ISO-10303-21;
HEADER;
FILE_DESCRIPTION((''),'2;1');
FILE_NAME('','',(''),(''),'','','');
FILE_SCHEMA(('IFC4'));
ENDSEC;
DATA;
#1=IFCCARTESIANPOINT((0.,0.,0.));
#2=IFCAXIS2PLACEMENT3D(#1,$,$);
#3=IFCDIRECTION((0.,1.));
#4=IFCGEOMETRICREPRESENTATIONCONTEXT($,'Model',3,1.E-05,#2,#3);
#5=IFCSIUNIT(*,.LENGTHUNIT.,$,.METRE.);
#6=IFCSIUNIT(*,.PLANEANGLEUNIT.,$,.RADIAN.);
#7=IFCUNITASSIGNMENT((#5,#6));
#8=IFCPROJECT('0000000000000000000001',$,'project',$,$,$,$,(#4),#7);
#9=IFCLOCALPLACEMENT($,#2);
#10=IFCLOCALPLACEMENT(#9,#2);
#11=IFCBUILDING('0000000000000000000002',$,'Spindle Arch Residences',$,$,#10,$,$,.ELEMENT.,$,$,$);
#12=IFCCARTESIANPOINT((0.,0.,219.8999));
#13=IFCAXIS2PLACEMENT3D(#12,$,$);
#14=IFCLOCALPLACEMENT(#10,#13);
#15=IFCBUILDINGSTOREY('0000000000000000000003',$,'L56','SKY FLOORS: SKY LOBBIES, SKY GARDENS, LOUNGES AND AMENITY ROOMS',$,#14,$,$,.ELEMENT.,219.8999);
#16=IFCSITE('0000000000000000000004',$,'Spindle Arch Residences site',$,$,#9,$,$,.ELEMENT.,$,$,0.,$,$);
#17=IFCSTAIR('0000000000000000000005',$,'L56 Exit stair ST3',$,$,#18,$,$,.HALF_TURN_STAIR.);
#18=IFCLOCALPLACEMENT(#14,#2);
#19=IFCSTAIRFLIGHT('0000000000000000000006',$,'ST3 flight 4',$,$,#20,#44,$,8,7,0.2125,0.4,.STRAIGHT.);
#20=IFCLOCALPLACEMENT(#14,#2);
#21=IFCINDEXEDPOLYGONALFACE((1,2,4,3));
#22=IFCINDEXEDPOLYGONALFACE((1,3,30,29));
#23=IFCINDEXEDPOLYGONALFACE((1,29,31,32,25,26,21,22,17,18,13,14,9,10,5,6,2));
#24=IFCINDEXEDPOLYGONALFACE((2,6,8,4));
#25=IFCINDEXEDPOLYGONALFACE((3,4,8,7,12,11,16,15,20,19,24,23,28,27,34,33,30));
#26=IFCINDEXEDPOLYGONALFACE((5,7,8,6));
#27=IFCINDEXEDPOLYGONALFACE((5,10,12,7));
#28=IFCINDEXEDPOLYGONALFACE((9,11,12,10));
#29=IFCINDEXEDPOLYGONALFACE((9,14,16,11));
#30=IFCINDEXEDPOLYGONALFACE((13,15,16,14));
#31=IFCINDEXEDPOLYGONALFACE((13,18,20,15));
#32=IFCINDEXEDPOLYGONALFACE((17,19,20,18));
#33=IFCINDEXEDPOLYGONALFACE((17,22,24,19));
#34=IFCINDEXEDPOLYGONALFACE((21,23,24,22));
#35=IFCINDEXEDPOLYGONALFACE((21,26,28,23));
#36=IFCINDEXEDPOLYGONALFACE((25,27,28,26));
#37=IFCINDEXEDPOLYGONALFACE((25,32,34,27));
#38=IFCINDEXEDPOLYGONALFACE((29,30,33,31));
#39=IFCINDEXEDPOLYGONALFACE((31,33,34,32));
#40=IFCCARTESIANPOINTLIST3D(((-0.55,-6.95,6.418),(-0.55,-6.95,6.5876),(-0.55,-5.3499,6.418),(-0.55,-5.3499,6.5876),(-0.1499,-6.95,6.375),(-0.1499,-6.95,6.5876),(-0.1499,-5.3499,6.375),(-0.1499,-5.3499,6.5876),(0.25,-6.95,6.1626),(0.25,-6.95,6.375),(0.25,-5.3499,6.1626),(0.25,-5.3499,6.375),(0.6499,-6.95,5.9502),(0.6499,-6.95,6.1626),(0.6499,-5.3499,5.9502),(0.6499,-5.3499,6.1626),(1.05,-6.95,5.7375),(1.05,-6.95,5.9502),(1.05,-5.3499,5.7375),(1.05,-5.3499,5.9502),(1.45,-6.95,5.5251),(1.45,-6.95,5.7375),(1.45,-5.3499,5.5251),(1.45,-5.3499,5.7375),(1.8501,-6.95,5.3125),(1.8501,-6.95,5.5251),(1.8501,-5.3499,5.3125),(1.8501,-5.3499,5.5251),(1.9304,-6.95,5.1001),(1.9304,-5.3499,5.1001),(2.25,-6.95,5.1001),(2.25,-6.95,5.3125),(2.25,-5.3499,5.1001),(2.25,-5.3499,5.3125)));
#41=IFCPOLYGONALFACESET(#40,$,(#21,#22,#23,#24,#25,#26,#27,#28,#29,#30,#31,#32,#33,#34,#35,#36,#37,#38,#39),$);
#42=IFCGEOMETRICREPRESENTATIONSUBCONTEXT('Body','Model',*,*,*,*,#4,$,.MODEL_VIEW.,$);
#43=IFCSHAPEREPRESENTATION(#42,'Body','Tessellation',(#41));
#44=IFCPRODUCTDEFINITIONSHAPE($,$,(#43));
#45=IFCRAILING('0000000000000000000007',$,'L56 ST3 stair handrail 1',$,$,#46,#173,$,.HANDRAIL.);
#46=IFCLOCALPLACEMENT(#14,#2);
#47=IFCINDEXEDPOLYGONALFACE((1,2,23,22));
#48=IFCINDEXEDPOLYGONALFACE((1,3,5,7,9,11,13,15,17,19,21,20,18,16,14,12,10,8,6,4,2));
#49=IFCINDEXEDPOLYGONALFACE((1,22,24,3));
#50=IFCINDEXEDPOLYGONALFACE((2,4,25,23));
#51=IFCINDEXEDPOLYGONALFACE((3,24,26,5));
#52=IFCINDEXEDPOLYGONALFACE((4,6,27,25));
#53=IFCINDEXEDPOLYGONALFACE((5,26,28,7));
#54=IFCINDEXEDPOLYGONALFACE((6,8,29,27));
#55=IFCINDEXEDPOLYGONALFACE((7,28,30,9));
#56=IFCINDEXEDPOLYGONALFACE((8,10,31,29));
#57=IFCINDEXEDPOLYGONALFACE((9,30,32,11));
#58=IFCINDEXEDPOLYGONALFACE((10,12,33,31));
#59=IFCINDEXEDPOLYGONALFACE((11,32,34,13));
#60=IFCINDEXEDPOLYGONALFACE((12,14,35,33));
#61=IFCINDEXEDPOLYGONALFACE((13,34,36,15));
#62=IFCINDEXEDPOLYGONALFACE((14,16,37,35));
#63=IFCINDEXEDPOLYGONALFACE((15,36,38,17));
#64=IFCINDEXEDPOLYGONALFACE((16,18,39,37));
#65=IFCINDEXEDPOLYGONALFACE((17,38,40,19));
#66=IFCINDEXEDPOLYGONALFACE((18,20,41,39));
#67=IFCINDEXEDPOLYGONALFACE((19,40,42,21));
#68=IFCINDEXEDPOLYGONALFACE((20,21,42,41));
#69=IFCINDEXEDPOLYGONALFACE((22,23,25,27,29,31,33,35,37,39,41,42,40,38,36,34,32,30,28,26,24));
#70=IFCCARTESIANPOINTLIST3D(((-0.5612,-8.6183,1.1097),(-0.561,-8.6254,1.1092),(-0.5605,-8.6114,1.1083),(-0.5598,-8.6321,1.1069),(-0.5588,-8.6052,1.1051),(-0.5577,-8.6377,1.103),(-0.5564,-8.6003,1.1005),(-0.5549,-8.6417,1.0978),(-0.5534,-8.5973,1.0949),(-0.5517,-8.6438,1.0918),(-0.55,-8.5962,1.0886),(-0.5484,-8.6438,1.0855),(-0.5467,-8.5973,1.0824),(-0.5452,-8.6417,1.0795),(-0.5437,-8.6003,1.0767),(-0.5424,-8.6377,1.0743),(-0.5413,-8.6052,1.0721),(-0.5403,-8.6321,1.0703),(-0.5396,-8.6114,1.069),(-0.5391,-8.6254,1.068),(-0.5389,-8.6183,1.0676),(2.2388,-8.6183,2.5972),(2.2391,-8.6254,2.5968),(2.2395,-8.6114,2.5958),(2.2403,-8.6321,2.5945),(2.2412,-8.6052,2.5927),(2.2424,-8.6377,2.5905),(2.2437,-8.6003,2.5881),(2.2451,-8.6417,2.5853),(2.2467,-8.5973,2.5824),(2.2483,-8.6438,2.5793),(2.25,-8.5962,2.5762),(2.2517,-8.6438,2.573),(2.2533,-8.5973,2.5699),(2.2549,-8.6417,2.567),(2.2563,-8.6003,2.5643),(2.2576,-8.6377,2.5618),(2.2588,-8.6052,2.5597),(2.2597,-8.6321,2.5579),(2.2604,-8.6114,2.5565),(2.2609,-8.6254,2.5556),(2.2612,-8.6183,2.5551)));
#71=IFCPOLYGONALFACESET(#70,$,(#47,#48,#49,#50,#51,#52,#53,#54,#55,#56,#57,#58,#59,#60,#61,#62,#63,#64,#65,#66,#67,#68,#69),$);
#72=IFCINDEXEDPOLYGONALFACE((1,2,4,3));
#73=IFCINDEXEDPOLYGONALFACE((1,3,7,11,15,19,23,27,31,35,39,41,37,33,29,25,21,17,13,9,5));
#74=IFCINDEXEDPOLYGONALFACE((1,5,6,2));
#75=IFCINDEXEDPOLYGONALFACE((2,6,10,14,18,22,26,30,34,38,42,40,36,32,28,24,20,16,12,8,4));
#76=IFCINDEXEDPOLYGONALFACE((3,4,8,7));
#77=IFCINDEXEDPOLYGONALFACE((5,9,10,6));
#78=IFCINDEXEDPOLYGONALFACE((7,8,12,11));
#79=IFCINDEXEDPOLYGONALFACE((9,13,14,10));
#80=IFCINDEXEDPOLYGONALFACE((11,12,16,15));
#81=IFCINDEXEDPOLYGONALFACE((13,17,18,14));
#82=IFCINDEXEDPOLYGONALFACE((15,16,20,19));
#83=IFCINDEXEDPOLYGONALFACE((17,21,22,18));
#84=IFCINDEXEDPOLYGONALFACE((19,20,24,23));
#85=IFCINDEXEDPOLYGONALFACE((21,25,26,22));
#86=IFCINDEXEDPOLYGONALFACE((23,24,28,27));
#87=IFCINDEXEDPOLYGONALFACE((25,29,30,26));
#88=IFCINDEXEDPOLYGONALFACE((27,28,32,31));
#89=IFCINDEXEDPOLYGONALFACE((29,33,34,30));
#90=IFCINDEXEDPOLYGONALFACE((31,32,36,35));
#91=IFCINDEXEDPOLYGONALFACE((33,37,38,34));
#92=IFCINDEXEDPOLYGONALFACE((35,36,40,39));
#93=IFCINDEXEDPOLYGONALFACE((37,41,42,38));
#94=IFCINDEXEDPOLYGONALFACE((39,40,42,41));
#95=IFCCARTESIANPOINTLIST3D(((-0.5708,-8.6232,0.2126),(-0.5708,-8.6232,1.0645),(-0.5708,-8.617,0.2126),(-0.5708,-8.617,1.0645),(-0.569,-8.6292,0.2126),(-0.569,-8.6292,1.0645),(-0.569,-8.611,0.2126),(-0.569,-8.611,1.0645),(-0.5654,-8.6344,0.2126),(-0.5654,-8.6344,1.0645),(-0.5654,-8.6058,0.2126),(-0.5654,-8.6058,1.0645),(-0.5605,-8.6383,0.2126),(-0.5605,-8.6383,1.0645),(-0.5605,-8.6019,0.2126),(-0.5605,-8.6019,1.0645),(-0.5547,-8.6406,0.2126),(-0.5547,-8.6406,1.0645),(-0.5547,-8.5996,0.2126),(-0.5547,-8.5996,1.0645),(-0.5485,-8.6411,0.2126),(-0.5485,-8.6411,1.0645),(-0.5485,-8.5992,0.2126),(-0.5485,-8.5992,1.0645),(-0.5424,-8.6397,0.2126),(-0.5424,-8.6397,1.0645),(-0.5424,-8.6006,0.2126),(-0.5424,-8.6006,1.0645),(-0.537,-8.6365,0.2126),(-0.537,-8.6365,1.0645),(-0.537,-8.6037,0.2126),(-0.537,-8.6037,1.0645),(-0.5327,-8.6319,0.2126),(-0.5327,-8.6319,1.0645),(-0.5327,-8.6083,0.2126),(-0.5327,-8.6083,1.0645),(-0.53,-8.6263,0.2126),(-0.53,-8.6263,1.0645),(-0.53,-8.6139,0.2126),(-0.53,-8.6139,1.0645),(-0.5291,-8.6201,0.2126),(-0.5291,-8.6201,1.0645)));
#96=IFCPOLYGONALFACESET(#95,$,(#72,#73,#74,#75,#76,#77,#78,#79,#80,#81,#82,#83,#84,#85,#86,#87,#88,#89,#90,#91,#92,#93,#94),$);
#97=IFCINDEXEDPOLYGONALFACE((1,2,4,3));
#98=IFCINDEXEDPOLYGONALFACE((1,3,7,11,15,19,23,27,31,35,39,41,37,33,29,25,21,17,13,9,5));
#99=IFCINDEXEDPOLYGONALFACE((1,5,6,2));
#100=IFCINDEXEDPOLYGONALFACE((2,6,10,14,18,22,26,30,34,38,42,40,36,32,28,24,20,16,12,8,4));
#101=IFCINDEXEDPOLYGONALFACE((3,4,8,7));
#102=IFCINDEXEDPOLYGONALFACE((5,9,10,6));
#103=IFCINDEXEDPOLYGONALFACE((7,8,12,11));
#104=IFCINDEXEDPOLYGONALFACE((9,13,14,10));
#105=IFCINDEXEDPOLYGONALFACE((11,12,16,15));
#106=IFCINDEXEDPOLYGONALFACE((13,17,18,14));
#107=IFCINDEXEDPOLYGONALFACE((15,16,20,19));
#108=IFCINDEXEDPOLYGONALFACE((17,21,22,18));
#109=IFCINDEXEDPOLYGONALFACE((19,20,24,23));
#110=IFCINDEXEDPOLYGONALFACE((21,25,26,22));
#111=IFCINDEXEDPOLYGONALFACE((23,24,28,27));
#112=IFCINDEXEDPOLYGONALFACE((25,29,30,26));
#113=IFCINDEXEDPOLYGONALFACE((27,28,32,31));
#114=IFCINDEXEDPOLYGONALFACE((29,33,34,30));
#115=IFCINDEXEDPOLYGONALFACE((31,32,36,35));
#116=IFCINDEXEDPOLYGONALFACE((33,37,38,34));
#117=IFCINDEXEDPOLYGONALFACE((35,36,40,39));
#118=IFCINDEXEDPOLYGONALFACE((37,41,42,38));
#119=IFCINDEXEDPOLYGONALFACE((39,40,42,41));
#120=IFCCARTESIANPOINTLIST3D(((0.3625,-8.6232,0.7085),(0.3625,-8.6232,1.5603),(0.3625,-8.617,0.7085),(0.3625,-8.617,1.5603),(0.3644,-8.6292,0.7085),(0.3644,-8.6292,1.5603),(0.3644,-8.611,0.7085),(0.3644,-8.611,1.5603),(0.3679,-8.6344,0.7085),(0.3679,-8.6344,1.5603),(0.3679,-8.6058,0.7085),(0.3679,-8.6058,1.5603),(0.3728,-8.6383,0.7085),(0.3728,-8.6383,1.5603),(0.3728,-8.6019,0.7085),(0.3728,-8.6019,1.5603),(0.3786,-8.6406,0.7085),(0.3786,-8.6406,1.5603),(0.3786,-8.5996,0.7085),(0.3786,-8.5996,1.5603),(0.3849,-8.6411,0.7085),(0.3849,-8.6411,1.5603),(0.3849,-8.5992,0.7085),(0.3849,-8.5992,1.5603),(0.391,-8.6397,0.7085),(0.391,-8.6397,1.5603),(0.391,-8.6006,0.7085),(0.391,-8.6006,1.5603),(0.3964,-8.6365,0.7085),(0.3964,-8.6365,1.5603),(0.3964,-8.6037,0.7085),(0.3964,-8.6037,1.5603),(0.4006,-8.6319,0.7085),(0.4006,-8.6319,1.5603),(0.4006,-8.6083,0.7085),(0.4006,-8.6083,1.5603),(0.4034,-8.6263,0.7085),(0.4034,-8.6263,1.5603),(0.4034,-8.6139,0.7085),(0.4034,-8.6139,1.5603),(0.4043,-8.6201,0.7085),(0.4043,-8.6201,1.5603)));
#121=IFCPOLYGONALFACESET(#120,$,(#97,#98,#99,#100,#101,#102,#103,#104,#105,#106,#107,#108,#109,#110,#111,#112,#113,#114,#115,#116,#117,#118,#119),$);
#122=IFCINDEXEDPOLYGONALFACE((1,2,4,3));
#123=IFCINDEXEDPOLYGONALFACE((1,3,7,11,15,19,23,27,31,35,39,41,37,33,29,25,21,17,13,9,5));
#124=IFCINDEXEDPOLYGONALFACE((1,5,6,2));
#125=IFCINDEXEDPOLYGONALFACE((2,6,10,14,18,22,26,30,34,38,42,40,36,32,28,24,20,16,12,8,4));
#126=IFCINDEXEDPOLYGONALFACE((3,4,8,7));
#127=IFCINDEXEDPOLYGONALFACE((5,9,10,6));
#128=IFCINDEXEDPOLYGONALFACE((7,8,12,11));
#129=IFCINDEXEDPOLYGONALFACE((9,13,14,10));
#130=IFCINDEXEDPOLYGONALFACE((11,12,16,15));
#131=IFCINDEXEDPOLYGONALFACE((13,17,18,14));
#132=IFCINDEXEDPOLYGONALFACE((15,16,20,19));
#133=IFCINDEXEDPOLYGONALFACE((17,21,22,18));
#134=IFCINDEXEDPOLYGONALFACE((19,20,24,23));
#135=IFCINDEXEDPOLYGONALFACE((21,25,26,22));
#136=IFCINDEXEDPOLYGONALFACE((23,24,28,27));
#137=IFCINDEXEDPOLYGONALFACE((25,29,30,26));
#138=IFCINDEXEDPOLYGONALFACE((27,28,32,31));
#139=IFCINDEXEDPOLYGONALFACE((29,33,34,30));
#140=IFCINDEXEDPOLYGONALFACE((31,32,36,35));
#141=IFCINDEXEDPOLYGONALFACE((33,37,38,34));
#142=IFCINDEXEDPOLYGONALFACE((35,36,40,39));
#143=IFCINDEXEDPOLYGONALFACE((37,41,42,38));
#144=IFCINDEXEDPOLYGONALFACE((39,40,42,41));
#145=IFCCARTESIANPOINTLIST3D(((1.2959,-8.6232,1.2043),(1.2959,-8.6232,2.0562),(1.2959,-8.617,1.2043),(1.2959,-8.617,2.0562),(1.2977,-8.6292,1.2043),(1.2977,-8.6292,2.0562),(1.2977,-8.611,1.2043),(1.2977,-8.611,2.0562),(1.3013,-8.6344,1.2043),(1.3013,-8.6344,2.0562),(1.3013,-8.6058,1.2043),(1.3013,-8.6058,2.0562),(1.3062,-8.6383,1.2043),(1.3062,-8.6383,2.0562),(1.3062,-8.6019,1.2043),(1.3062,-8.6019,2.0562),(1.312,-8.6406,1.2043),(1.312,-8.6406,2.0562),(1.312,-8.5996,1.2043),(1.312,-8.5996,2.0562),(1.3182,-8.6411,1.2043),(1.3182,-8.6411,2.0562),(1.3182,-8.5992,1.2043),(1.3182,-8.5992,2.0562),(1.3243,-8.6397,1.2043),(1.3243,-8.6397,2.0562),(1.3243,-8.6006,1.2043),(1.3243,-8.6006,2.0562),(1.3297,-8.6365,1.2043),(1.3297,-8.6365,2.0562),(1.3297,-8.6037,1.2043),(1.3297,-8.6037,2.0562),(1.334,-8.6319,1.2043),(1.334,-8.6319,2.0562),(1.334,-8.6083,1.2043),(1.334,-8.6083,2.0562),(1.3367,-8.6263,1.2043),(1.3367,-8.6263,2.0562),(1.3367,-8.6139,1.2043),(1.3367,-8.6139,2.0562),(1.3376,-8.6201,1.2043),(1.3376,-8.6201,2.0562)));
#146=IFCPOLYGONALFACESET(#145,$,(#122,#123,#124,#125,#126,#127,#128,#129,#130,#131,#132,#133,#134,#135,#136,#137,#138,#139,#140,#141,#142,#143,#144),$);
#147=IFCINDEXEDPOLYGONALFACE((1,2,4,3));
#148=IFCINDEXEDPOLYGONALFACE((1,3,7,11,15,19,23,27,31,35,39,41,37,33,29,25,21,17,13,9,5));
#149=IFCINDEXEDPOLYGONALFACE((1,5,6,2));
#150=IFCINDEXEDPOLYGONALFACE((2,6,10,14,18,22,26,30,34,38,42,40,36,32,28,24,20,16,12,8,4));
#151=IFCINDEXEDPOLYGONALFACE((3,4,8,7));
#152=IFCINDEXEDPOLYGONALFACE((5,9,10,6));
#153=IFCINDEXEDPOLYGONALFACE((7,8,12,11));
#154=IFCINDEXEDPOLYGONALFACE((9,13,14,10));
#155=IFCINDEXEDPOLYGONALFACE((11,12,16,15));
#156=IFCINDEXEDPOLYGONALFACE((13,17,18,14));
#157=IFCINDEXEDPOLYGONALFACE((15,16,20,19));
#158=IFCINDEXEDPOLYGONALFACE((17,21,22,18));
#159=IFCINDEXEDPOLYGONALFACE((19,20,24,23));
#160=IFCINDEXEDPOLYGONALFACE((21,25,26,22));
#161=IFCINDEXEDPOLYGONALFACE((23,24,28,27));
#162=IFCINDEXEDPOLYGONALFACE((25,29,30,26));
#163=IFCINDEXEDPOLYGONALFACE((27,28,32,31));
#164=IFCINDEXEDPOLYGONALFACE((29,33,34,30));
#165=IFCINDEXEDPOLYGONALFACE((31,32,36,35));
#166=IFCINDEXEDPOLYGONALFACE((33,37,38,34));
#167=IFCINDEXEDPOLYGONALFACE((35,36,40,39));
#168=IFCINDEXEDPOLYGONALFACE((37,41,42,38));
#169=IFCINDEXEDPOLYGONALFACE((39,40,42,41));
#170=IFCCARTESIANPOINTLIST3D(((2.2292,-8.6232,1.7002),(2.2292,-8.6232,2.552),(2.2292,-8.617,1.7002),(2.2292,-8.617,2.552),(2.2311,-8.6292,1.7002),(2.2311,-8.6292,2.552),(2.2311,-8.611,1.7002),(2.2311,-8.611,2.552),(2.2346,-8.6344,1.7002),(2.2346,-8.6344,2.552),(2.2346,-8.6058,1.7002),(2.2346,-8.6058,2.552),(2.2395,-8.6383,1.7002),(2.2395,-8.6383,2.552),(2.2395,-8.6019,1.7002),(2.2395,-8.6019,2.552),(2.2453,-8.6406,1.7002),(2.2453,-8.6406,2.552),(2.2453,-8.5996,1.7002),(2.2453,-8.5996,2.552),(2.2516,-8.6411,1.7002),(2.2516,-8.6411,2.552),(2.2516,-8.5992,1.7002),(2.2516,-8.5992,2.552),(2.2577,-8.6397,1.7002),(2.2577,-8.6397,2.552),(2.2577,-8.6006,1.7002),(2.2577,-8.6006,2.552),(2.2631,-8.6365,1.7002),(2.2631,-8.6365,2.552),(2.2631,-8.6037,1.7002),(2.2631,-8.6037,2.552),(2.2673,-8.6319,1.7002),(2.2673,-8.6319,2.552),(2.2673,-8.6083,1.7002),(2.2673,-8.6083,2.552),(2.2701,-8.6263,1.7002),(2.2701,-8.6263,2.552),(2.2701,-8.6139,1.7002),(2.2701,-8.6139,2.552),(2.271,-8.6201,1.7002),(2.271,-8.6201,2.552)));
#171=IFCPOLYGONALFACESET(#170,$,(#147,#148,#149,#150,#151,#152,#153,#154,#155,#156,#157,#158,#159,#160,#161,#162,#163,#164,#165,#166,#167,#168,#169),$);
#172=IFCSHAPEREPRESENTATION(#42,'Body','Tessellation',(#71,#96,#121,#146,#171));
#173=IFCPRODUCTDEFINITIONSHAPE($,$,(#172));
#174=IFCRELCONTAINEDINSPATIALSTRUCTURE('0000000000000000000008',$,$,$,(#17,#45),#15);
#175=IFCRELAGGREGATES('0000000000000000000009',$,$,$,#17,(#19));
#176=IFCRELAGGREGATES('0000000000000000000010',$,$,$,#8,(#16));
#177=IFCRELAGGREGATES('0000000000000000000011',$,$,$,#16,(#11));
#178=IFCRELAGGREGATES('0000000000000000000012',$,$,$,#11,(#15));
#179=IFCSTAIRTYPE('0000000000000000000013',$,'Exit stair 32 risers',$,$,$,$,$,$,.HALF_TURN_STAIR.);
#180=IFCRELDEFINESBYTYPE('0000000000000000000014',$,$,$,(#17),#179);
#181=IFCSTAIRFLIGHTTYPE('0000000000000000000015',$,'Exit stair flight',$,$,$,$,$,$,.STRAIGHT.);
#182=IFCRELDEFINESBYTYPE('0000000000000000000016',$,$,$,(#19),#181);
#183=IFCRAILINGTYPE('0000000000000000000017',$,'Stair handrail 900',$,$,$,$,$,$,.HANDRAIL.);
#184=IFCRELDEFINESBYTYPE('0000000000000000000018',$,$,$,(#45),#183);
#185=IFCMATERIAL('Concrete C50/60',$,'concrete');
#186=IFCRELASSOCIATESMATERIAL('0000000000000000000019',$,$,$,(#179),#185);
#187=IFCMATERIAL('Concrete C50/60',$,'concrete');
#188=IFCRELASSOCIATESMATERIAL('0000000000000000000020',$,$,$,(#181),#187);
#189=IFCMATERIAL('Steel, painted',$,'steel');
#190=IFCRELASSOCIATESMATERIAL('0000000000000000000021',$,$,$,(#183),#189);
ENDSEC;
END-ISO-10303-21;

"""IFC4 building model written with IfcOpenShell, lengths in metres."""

from ifc_helpers import new_model, si_unit, direction, frame, origin, origin_2d, place, context, subcontext, project, spatial, polyline, circle, outline, extrude, material, type_object, element, aggregate, save


model = new_model("IFC4")

# Units and contexts
model_context = context("Model", 3, precision=1e-05, world=origin(), true_north=direction((0.0, 1.0)))
body_context = subcontext(model_context, "Body", "Model", "MODEL_VIEW")
ifc_project = project(units=[si_unit("LENGTHUNIT", "METRE"), si_unit("PLANEANGLEUNIT", "RADIAN")], contexts=[model_context])

# Site, building, storey
site_placement = place(None, origin())
site = spatial("IfcSite", under=ifc_project, at=site_placement, Name="Spindle Arch Residences site", CompositionType="ELEMENT", RefElevation=0.0)
building_placement = place(site_placement, origin())
building = spatial("IfcBuilding", under=site, at=building_placement, Name="Spindle Arch Residences", CompositionType="ELEMENT")
storey_placement = place(building_placement, frame((0.0, 0.0, 219.8999)))
storey = spatial("IfcBuildingStorey", under=building, at=storey_placement, Name="L56", Description="SKY FLOORS: SKY LOBBIES, SKY GARDENS, LOUNGES AND AMENITY ROOMS", CompositionType="ELEMENT", Elevation=219.8999)

# Stair
ifc_material_1 = material(Name="Concrete C50/60", Category="concrete")
stair_type = type_object("IfcStairType", Name="Exit stair 32 risers", PredefinedType="HALF_TURN_STAIR", material=ifc_material_1)
stair_1_placement = place(storey_placement, origin())
stair_1 = element("IfcStair", 1, at=stair_1_placement, inside=storey, type_object=stair_type, Name="L56 Exit stair ST3", PredefinedType="HALF_TURN_STAIR")

# Stair flight
ifc_material_2 = material(Name="Concrete C50/60", Category="concrete")
stair_flight_type = type_object("IfcStairFlightType", Name="Exit stair flight", PredefinedType="STRAIGHT", material=ifc_material_2)
stair_flight_1_placement = place(storey_placement, frame((2.25, -6.1499, 5.1001), z_axis=(0.0, 0.0, 1.0), x_axis=(-1.0, 0.0, 0.0)))
stair_flight_1 = element("IfcStairFlight", 2, at=stair_flight_1_placement, type_object=stair_flight_type, Name="ST3 flight 4", NumberOfRisers=8, NumberOfTreads=7, PredefinedType="STRAIGHT", RiserHeight=0.2125, TreadLength=0.4, context=body_context, shape_type="SweptSolid", body=[
    extrude(outline(polyline([(0.0, 0.0), (0.0, 0.2124), (0.3999, 0.2124), (0.3999, 0.425), (0.8, 0.425), (0.8, 0.6375), (1.2, 0.6375), (1.2, 0.8501), (1.6001, 0.8501), (1.6001, 1.0625), (2.0, 1.0625), (2.0, 1.2749), (2.3999, 1.2749), (2.3999, 1.4875), (2.8, 1.4875), (2.8, 1.7), (2.8, 1.3179), (0.3196, 0.0), (0.0, 0.0)])), frame((0.0, 0.8, 0.0), z_axis=(0.0, -1.0, 0.0), x_axis=(1.0, 0.0, 0.0)), (0.0, 0.0, 1.0), 1.6001),
])
aggregate(stair_1, [stair_flight_1])

# Railing
ifc_material_3 = material(Name="Steel, painted", Category="steel")
railing_type_1 = type_object("IfcRailingType", Name="Stair handrail 900", PredefinedType="HANDRAIL", material=ifc_material_3)
for number, where, name in (
    (3, (-0.55, -8.6201, 0.2126), "L56 ST3 stair handrail 1"),
):
    element("IfcRailing", number, at=place(storey_placement, frame(where)), inside=storey, type_object=railing_type_1, Name=name, PredefinedType="HANDRAIL", context=body_context, shape_type="SweptSolid", body=[
        extrude(circle(Radius=0.0239, at=origin_2d()), frame((0.0, 0.0, 0.876), z_axis=(0.883113, 0.0, 0.469161), x_axis=(0.0, 1.0, 0.0)), (0.0, 0.0, 1.0), 3.1707),
        extrude(circle(Radius=0.021, at=origin_2d()), origin(), (0.0, 0.0, 1.0), 0.8518),
        extrude(circle(Radius=0.021, at=origin_2d()), frame((0.9333, 0.0, 0.4958)), (0.0, 0.0, 1.0), 0.8518),
        extrude(circle(Radius=0.021, at=origin_2d()), frame((1.8667, 0.0, 0.9917)), (0.0, 0.0, 1.0), 0.8518),
        extrude(circle(Radius=0.021, at=origin_2d()), frame((2.8, 0.0, 1.4875)), (0.0, 0.0, 1.0), 0.8518),
    ])

save(model, "model.ifc")
